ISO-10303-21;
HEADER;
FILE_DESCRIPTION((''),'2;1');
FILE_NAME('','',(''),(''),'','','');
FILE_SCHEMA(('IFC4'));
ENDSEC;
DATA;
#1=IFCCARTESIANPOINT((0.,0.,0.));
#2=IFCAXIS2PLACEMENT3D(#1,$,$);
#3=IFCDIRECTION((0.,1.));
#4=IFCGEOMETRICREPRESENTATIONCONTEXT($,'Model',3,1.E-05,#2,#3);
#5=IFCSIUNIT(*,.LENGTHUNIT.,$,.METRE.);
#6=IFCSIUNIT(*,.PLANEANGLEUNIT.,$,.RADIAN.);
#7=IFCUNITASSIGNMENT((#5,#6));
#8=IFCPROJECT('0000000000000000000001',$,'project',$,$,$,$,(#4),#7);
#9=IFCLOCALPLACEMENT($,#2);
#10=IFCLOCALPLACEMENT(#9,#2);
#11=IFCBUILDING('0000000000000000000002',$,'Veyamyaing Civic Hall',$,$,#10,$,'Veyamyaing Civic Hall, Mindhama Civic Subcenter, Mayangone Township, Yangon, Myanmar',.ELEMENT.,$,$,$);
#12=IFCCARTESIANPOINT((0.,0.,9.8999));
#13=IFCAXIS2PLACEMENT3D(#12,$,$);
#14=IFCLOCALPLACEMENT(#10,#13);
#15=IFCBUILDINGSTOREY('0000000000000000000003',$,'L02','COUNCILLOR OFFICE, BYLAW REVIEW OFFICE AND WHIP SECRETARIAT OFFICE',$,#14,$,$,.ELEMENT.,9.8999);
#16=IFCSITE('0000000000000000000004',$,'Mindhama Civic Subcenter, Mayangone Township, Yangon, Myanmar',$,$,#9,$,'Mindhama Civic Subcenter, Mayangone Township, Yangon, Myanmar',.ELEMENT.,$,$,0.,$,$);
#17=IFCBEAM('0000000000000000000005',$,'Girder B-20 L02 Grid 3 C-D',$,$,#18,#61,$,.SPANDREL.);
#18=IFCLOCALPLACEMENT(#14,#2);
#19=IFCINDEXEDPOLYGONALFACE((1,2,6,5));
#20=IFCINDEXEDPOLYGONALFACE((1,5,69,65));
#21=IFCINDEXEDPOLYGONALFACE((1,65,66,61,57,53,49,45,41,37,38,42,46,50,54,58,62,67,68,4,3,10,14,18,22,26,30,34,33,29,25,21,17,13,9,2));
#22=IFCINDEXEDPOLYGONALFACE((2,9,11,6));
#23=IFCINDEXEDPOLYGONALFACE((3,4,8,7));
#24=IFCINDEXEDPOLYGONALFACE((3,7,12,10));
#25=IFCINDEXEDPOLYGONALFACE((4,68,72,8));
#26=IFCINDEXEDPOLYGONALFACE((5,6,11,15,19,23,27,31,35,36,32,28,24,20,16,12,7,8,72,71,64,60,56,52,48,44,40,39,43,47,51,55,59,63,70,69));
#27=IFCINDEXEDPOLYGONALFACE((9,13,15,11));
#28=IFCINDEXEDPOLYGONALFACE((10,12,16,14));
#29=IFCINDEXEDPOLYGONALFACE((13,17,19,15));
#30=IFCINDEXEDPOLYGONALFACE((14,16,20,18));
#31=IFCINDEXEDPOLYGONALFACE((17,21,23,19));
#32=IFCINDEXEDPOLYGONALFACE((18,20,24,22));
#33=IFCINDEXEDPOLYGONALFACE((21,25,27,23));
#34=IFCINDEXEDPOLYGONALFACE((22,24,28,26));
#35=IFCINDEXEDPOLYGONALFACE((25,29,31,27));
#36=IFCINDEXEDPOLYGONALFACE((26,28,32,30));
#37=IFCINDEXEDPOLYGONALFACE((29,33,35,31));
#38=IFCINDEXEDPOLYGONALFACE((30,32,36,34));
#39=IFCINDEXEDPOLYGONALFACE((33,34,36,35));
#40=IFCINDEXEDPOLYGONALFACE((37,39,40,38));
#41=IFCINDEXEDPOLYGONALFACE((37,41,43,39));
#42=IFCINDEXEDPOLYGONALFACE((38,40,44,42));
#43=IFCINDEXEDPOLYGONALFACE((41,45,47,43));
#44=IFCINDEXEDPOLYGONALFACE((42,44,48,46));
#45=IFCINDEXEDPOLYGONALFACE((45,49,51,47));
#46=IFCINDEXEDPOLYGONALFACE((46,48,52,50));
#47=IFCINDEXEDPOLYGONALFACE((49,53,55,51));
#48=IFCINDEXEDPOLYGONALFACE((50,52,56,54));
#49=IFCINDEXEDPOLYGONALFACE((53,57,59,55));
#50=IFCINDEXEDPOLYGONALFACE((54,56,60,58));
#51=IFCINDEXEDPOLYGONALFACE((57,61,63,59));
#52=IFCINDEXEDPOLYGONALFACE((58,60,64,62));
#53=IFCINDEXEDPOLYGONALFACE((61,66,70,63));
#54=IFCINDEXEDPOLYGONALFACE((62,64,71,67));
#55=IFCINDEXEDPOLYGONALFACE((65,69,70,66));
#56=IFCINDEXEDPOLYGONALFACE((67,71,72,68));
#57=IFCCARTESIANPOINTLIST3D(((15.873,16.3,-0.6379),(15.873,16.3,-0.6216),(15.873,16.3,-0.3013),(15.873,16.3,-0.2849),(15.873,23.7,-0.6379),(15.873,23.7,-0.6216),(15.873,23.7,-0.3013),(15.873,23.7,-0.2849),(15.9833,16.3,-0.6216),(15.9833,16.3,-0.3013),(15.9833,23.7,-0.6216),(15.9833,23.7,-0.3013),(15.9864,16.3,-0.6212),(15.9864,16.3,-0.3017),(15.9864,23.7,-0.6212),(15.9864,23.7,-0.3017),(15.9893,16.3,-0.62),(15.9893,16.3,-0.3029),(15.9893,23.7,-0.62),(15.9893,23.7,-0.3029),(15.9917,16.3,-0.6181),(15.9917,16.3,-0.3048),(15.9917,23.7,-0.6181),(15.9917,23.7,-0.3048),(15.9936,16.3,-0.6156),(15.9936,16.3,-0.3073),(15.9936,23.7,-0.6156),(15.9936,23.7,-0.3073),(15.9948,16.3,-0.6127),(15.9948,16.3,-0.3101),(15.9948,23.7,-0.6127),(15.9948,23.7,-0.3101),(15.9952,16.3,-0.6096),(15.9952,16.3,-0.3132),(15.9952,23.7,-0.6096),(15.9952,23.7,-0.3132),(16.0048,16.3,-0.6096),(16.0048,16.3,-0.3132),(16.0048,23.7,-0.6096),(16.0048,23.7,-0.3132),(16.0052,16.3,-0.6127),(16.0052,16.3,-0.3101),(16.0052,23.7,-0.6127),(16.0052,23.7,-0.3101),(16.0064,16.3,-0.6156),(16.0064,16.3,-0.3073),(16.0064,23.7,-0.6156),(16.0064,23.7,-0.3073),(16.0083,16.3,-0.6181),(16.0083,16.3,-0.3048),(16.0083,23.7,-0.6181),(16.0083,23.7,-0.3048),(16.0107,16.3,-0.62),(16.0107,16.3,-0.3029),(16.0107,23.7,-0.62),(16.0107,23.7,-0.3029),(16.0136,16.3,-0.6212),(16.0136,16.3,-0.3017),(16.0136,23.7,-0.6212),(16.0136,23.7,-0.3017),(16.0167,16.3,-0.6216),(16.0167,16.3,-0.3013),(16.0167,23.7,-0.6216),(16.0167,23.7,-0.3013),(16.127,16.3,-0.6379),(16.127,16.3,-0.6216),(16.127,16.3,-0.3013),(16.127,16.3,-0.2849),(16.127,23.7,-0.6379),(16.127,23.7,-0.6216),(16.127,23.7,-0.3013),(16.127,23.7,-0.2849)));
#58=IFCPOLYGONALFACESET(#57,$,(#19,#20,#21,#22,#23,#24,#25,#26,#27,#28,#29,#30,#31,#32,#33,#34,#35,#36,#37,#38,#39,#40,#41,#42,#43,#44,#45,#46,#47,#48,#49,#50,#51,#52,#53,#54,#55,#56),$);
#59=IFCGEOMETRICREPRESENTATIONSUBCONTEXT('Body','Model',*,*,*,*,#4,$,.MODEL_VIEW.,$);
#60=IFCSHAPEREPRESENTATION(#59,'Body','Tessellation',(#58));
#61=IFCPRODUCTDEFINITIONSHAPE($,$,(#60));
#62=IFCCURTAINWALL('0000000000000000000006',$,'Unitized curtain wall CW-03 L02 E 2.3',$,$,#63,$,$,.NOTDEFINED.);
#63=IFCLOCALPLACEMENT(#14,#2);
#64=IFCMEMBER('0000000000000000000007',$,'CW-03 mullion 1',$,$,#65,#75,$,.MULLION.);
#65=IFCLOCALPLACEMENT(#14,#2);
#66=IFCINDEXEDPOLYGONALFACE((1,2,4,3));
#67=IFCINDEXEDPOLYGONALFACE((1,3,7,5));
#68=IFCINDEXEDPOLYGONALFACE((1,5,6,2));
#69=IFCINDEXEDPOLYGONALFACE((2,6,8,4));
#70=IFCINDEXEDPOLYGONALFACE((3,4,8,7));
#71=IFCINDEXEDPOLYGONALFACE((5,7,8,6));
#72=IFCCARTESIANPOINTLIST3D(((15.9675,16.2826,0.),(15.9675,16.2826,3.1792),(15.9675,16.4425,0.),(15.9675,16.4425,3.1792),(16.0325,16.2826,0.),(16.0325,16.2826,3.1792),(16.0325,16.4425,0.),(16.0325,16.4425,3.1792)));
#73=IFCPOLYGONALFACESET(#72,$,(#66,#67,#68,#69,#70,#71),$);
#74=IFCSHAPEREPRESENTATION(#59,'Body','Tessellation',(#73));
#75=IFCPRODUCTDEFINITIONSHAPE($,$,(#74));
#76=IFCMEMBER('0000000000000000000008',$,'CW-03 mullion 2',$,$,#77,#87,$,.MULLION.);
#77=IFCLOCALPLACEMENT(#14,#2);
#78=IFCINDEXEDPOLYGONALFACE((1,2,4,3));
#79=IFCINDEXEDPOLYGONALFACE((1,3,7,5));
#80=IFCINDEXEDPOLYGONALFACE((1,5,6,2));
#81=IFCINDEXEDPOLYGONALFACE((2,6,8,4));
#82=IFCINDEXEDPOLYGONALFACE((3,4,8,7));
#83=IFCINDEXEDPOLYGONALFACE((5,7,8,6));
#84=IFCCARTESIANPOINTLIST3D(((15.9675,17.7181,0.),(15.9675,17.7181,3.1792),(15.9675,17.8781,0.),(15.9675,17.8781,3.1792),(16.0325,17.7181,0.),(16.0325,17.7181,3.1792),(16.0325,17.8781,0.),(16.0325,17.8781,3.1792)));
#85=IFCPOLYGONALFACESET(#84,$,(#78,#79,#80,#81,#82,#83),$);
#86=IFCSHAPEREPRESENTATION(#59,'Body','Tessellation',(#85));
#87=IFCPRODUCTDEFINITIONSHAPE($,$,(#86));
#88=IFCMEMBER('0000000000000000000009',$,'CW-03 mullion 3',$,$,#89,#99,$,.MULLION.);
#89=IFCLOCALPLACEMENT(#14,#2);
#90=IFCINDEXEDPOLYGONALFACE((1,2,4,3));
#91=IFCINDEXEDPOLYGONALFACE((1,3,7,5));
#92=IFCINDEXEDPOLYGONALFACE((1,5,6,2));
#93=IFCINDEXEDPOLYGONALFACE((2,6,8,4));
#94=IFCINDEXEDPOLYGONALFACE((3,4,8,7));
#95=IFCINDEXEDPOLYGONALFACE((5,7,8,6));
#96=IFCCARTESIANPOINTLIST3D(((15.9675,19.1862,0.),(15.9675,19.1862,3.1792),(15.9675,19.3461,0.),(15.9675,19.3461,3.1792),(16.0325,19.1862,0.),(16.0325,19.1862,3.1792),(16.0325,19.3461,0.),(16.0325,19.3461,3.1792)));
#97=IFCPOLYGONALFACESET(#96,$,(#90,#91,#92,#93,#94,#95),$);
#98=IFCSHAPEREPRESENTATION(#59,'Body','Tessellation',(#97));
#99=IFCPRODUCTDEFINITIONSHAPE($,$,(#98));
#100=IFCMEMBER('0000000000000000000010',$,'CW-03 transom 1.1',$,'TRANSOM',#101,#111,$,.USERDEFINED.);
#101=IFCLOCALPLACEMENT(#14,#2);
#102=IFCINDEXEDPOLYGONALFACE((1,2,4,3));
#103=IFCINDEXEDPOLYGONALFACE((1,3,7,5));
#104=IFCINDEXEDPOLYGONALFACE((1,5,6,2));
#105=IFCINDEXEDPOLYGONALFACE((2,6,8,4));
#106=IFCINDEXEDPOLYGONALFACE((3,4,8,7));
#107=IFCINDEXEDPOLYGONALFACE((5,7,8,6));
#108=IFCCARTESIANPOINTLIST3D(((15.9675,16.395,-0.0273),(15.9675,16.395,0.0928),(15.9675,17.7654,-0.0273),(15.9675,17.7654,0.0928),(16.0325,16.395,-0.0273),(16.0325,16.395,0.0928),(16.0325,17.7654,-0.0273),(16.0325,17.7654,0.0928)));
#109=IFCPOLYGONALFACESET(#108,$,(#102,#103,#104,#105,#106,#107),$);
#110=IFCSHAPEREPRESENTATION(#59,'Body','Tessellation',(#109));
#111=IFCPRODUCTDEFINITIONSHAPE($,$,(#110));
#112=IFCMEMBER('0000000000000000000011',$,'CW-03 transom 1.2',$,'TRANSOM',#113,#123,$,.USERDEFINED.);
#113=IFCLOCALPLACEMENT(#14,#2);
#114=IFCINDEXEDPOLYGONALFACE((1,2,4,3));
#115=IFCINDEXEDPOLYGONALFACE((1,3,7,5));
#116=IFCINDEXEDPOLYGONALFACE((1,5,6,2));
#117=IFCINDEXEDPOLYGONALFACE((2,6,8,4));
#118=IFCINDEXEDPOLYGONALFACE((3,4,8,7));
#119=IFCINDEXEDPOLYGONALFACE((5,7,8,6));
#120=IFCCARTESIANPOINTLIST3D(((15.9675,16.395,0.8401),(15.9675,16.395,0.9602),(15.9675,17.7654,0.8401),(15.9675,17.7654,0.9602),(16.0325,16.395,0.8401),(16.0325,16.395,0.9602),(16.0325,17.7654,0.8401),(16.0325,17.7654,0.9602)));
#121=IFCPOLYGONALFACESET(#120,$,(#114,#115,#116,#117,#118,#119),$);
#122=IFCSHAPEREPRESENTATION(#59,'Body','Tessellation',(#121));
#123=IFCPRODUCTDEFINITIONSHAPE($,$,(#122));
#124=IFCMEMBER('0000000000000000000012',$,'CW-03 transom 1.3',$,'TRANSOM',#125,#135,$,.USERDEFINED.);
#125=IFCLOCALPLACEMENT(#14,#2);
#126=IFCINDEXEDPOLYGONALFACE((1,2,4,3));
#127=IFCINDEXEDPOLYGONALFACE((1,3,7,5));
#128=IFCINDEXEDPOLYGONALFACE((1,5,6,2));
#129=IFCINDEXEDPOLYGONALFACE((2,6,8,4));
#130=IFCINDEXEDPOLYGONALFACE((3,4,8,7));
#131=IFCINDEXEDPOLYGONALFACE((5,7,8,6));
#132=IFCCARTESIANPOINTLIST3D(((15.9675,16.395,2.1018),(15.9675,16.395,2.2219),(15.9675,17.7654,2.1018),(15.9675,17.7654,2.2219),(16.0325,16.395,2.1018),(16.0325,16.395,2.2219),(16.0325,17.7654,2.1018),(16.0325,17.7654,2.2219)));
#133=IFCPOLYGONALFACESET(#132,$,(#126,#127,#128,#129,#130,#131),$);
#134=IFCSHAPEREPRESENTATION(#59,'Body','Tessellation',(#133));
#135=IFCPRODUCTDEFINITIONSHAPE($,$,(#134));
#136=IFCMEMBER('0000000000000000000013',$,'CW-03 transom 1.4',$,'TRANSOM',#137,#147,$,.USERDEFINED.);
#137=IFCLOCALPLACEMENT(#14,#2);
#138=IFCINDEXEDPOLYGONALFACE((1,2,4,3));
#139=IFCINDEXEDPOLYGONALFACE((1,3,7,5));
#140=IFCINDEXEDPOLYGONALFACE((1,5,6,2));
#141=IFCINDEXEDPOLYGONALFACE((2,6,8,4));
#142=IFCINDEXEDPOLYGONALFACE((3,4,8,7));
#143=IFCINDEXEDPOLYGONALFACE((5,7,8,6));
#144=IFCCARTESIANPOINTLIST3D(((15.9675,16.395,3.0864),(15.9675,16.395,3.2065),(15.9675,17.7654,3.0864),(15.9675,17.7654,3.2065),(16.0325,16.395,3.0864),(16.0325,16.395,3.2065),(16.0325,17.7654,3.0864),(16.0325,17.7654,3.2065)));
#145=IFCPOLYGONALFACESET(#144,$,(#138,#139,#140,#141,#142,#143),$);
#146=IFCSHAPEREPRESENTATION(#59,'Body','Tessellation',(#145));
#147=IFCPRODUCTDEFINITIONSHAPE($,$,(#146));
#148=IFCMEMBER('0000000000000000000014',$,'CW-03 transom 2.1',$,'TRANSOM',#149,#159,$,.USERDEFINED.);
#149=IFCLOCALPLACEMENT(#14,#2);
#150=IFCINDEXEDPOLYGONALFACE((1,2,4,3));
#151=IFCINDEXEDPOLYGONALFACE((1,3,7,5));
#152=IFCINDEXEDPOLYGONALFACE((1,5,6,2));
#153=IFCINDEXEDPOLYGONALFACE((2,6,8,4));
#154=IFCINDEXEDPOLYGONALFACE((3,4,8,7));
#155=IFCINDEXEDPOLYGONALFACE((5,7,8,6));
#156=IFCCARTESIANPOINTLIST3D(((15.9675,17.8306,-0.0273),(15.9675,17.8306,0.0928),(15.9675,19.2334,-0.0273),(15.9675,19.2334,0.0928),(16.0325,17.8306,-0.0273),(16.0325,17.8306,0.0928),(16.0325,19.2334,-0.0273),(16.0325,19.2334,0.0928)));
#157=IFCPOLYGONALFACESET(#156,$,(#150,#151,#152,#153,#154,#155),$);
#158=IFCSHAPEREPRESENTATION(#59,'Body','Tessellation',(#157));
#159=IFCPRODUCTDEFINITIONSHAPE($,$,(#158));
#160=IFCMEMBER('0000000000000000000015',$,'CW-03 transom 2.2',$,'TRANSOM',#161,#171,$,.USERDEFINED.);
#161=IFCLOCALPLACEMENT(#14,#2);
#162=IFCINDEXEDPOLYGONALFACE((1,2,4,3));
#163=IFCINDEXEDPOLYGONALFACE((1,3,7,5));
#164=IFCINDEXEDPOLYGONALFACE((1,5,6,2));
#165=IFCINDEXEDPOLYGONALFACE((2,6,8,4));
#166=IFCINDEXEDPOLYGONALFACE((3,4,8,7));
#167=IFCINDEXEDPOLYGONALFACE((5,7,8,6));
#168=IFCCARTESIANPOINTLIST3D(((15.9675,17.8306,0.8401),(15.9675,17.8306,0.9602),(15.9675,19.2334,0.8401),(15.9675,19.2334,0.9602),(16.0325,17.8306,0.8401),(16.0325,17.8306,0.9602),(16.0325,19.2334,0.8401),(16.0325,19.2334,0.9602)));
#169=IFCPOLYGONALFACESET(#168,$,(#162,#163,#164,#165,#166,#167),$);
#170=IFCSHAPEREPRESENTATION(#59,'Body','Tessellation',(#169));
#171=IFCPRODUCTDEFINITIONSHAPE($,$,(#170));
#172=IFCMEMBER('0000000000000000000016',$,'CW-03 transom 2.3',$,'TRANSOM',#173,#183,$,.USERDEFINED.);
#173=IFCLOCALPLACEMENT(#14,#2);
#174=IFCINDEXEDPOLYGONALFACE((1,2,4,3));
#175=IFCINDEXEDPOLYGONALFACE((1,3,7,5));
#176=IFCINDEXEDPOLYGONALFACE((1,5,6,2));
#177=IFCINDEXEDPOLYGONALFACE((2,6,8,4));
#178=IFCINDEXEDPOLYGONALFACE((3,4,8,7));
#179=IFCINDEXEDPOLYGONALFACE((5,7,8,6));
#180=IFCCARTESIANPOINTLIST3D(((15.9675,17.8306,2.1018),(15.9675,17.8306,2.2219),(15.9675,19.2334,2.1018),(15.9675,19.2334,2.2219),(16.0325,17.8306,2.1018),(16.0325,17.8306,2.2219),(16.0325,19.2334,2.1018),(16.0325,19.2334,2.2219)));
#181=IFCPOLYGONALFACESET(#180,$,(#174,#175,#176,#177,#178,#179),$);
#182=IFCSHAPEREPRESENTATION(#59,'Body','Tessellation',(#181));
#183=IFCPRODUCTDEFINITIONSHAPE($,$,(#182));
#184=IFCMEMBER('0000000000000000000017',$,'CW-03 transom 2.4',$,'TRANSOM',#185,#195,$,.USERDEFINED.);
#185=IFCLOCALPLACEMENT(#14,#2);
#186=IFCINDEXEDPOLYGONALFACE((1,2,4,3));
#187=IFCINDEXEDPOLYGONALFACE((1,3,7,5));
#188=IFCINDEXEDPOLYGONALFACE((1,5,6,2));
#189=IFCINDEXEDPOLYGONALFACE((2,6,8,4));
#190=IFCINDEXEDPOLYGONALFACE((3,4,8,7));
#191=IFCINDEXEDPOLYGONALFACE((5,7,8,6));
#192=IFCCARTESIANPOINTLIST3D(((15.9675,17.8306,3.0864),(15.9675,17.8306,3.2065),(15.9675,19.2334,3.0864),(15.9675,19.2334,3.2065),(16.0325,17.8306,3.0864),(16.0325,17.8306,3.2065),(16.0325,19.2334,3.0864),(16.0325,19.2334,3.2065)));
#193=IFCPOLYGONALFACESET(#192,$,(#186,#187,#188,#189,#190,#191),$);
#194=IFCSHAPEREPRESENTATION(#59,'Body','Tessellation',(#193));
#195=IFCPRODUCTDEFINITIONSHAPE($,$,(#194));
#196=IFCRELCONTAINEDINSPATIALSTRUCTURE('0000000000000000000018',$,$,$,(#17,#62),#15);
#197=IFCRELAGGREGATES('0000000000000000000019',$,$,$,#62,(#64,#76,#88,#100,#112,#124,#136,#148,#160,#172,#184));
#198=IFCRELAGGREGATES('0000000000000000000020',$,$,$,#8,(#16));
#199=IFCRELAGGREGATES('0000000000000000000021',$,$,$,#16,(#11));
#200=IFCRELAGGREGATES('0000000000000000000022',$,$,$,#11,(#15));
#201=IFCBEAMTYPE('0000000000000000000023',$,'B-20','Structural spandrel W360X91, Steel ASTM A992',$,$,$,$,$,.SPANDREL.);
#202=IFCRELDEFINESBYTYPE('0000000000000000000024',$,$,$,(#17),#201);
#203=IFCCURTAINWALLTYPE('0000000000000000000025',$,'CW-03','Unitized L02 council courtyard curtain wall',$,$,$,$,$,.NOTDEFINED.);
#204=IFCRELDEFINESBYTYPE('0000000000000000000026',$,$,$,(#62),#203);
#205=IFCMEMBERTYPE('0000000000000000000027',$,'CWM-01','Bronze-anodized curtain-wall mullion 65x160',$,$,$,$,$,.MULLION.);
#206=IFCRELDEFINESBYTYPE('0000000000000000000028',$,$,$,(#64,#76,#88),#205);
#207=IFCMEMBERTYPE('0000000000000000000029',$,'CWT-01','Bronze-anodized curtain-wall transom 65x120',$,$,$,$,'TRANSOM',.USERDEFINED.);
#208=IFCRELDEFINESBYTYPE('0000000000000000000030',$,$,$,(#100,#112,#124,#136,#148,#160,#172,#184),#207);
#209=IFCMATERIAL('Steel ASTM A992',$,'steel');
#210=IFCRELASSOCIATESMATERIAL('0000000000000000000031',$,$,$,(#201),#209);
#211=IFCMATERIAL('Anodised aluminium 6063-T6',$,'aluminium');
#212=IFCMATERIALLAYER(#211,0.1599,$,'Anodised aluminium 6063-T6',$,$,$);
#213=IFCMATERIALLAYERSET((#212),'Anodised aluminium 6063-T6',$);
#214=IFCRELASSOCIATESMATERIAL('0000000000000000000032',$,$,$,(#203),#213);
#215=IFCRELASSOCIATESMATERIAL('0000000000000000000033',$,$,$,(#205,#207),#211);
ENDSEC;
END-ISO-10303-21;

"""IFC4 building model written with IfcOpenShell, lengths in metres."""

from ifc_helpers import new_model, si_unit, direction, frame, origin, origin_2d, place, context, subcontext, project, spatial, rectangle, i_section, extrude, material, layer, layer_set, material_profile, profile_set, type_object, element, aggregate, save


model = new_model("IFC4")

# Units and contexts
model_context = context("Model", 3, precision=1e-05, world=origin(), true_north=direction((0.0, 1.0)))
body_context = subcontext(model_context, "Body", "Model", "MODEL_VIEW")
ifc_project = project(units=[si_unit("LENGTHUNIT", "METRE"), si_unit("PLANEANGLEUNIT", "RADIAN")], contexts=[model_context])

# Site, building, storey
site_placement = place(None, origin())
site = spatial("IfcSite", under=ifc_project, at=site_placement, Name="Mindhama Civic Subcenter, Mayangone Township, Yangon, Myanmar", LongName="Mindhama Civic Subcenter, Mayangone Township, Yangon, Myanmar", CompositionType="ELEMENT", RefElevation=0.0)
building_placement = place(site_placement, origin())
building = spatial("IfcBuilding", under=site, at=building_placement, Name="Veyamyaing Civic Hall", LongName="Veyamyaing Civic Hall, Mindhama Civic Subcenter, Mayangone Township, Yangon, Myanmar", CompositionType="ELEMENT")
storey_placement = place(building_placement, frame((0.0, 0.0, 9.8999)))
storey = spatial("IfcBuildingStorey", under=building, at=storey_placement, Name="L02", Description="COUNCILLOR OFFICE, BYLAW REVIEW OFFICE AND WHIP SECRETARIAT OFFICE", CompositionType="ELEMENT", Elevation=9.8999)

# Beam
ifc_material_1 = material(Name="Steel ASTM A992", Category="steel")
ifc_material_profile_1 = material_profile(ifc_material_1, i_section(OverallWidth=0.2539, OverallDepth=0.353, WebThickness=0.0095, FlangeThickness=0.0164, FilletRadius=0.012, at=origin_2d()), Name="W360X91")
ifc_profile_set_1 = profile_set([ifc_material_profile_1], Name="Steel ASTM A992")
beam_type_1 = type_object("IfcBeamType", Name="B-20", Description="Structural spandrel W360X91, Steel ASTM A992", PredefinedType="SPANDREL", material=ifc_profile_set_1)
beam_1_placement = place(storey_placement, frame((16.0, 16.3, -0.4614), z_axis=(0.0, 1.0, 0.0), x_axis=(-1.0, 0.0, 0.0)))
element("IfcBeam", 1, at=beam_1_placement, inside=storey, type_object=beam_type_1, Name="Girder B-20 L02 Grid 3 C-D", PredefinedType="SPANDREL", context=body_context, shape_type="SweptSolid", body=[
    extrude(i_section(OverallWidth=0.2539, OverallDepth=0.353, WebThickness=0.0095, FlangeThickness=0.0164, FilletRadius=0.012, at=origin_2d()), origin(), (0.0, 0.0, 1.0), 7.3999),
])

# Curtain wall, members
ifc_material_2 = material(Name="Anodised aluminium 6063-T6", Category="aluminium")
ifc_layer_1 = layer(ifc_material_2, 0.1599, Name="Anodised aluminium 6063-T6")
ifc_layer_set_1 = layer_set([ifc_layer_1], Name="Anodised aluminium 6063-T6")
curtain_wall_type = type_object("IfcCurtainWallType", Name="CW-03", Description="Unitized L02 council courtyard curtain wall", PredefinedType="NOTDEFINED", material=ifc_layer_set_1)
curtain_wall_placement = place(storey_placement, origin())
curtain_wall = element("IfcCurtainWall", 2, at=curtain_wall_placement, inside=storey, type_object=curtain_wall_type, Name="Unitized curtain wall CW-03 L02 E 2.3", PredefinedType="NOTDEFINED")
ifc_material_profile_2 = material_profile(ifc_material_2, rectangle(XDim=0.0649, YDim=0.1599, at=origin_2d()), Name="ALU-MUL-65X160")
ifc_profile_set_2 = profile_set([ifc_material_profile_2], Name="Anodised aluminium 6063-T6")
member_type_1 = type_object("IfcMemberType", Name="CWM-01", Description="Bronze-anodized curtain-wall mullion 65x160", PredefinedType="MULLION", material=ifc_profile_set_2)
member_1_placement = place(storey_placement, frame((16.0, 16.3625, 0.0), z_axis=(0.0, 0.0, 1.0), x_axis=(-1.0, 0.0, 0.0)))
member_1 = element("IfcMember", 3, at=member_1_placement, type_object=member_type_1, Name="CW-03 mullion 1", PredefinedType="MULLION", context=body_context, shape_type="SweptSolid", body=[
    extrude(rectangle(XDim=0.0649, YDim=0.1599, at=origin_2d()), origin(), (0.0, 0.0, 1.0), 3.1792),
])
member_2_placement = place(storey_placement, frame((16.0, 17.7981, 0.0), z_axis=(0.0, 0.0, 1.0), x_axis=(-1.0, 0.0, 0.0)))
member_2 = element("IfcMember", 4, at=member_2_placement, type_object=member_type_1, Name="CW-03 mullion 2", PredefinedType="MULLION", context=body_context, shape_type="SweptSolid", body=[
    extrude(rectangle(XDim=0.0649, YDim=0.1599, at=origin_2d()), origin(), (0.0, 0.0, 1.0), 3.1792),
])
member_3_placement = place(storey_placement, frame((16.0, 19.2661, 0.0), z_axis=(0.0, 0.0, 1.0), x_axis=(-1.0, 0.0, 0.0)))
member_3 = element("IfcMember", 5, at=member_3_placement, type_object=member_type_1, Name="CW-03 mullion 3", PredefinedType="MULLION", context=body_context, shape_type="SweptSolid", body=[
    extrude(rectangle(XDim=0.0649, YDim=0.1599, at=origin_2d()), origin(), (0.0, 0.0, 1.0), 3.1792),
])
ifc_material_profile_3 = material_profile(ifc_material_2, rectangle(XDim=0.0649, YDim=0.1201, at=origin_2d()), Name="ALU-TRN-65X120")
ifc_profile_set_3 = profile_set([ifc_material_profile_3], Name="Anodised aluminium 6063-T6")
member_type_2 = type_object("IfcMemberType", Name="CWT-01", Description="Bronze-anodized curtain-wall transom 65x120", ElementType="TRANSOM", PredefinedType="USERDEFINED", material=ifc_profile_set_3)
member_4_placement = place(storey_placement, frame((16.0, 16.395, 0.0327), z_axis=(0.0, 1.0, 0.0), x_axis=(-1.0, 0.0, 0.0)))
member_4 = element("IfcMember", 6, at=member_4_placement, type_object=member_type_2, Name="CW-03 transom 1.1", ObjectType="TRANSOM", PredefinedType="USERDEFINED", context=body_context, shape_type="SweptSolid", body=[
    extrude(rectangle(XDim=0.0649, YDim=0.1201, at=origin_2d()), origin(), (0.0, 0.0, 1.0), 1.3704),
])
member_5_placement = place(storey_placement, frame((16.0, 16.395, 0.9001), z_axis=(0.0, 1.0, 0.0), x_axis=(-1.0, 0.0, 0.0)))
member_5 = element("IfcMember", 7, at=member_5_placement, type_object=member_type_2, Name="CW-03 transom 1.2", ObjectType="TRANSOM", PredefinedType="USERDEFINED", context=body_context, shape_type="SweptSolid", body=[
    extrude(rectangle(XDim=0.0649, YDim=0.1201, at=origin_2d()), origin(), (0.0, 0.0, 1.0), 1.3704),
])
member_6_placement = place(storey_placement, frame((16.0, 16.395, 2.1619), z_axis=(0.0, 1.0, 0.0), x_axis=(-1.0, 0.0, 0.0)))
member_6 = element("IfcMember", 8, at=member_6_placement, type_object=member_type_2, Name="CW-03 transom 1.3", ObjectType="TRANSOM", PredefinedType="USERDEFINED", context=body_context, shape_type="SweptSolid", body=[
    extrude(rectangle(XDim=0.0649, YDim=0.1201, at=origin_2d()), origin(), (0.0, 0.0, 1.0), 1.3704),
])
member_7_placement = place(storey_placement, frame((16.0, 16.395, 3.1465), z_axis=(0.0, 1.0, 0.0), x_axis=(-1.0, 0.0, 0.0)))
member_7 = element("IfcMember", 9, at=member_7_placement, type_object=member_type_2, Name="CW-03 transom 1.4", ObjectType="TRANSOM", PredefinedType="USERDEFINED", context=body_context, shape_type="SweptSolid", body=[
    extrude(rectangle(XDim=0.0649, YDim=0.1201, at=origin_2d()), origin(), (0.0, 0.0, 1.0), 1.3704),
])
member_8_placement = place(storey_placement, frame((16.0, 17.8306, 0.0327), z_axis=(0.0, 1.0, 0.0), x_axis=(-1.0, 0.0, 0.0)))
member_8 = element("IfcMember", 10, at=member_8_placement, type_object=member_type_2, Name="CW-03 transom 2.1", ObjectType="TRANSOM", PredefinedType="USERDEFINED", context=body_context, shape_type="SweptSolid", body=[
    extrude(rectangle(XDim=0.0649, YDim=0.1201, at=origin_2d()), origin(), (0.0, 0.0, 1.0), 1.4028),
])
member_9_placement = place(storey_placement, frame((16.0, 17.8306, 0.9001), z_axis=(0.0, 1.0, 0.0), x_axis=(-1.0, 0.0, 0.0)))
member_9 = element("IfcMember", 11, at=member_9_placement, type_object=member_type_2, Name="CW-03 transom 2.2", ObjectType="TRANSOM", PredefinedType="USERDEFINED", context=body_context, shape_type="SweptSolid", body=[
    extrude(rectangle(XDim=0.0649, YDim=0.1201, at=origin_2d()), origin(), (0.0, 0.0, 1.0), 1.4028),
])
member_10_placement = place(storey_placement, frame((16.0, 17.8306, 2.1619), z_axis=(0.0, 1.0, 0.0), x_axis=(-1.0, 0.0, 0.0)))
member_10 = element("IfcMember", 12, at=member_10_placement, type_object=member_type_2, Name="CW-03 transom 2.3", ObjectType="TRANSOM", PredefinedType="USERDEFINED", context=body_context, shape_type="SweptSolid", body=[
    extrude(rectangle(XDim=0.0649, YDim=0.1201, at=origin_2d()), origin(), (0.0, 0.0, 1.0), 1.4028),
])
member_11_placement = place(storey_placement, frame((16.0, 17.8306, 3.1465), z_axis=(0.0, 1.0, 0.0), x_axis=(-1.0, 0.0, 0.0)))
member_11 = element("IfcMember", 13, at=member_11_placement, type_object=member_type_2, Name="CW-03 transom 2.4", ObjectType="TRANSOM", PredefinedType="USERDEFINED", context=body_context, shape_type="SweptSolid", body=[
    extrude(rectangle(XDim=0.0649, YDim=0.1201, at=origin_2d()), origin(), (0.0, 0.0, 1.0), 1.4028),
])

aggregate(curtain_wall, [member_1, member_2, member_3, member_4, member_5, member_6, member_7, member_8, member_9, member_10, member_11])

save(model, "model.ifc")
